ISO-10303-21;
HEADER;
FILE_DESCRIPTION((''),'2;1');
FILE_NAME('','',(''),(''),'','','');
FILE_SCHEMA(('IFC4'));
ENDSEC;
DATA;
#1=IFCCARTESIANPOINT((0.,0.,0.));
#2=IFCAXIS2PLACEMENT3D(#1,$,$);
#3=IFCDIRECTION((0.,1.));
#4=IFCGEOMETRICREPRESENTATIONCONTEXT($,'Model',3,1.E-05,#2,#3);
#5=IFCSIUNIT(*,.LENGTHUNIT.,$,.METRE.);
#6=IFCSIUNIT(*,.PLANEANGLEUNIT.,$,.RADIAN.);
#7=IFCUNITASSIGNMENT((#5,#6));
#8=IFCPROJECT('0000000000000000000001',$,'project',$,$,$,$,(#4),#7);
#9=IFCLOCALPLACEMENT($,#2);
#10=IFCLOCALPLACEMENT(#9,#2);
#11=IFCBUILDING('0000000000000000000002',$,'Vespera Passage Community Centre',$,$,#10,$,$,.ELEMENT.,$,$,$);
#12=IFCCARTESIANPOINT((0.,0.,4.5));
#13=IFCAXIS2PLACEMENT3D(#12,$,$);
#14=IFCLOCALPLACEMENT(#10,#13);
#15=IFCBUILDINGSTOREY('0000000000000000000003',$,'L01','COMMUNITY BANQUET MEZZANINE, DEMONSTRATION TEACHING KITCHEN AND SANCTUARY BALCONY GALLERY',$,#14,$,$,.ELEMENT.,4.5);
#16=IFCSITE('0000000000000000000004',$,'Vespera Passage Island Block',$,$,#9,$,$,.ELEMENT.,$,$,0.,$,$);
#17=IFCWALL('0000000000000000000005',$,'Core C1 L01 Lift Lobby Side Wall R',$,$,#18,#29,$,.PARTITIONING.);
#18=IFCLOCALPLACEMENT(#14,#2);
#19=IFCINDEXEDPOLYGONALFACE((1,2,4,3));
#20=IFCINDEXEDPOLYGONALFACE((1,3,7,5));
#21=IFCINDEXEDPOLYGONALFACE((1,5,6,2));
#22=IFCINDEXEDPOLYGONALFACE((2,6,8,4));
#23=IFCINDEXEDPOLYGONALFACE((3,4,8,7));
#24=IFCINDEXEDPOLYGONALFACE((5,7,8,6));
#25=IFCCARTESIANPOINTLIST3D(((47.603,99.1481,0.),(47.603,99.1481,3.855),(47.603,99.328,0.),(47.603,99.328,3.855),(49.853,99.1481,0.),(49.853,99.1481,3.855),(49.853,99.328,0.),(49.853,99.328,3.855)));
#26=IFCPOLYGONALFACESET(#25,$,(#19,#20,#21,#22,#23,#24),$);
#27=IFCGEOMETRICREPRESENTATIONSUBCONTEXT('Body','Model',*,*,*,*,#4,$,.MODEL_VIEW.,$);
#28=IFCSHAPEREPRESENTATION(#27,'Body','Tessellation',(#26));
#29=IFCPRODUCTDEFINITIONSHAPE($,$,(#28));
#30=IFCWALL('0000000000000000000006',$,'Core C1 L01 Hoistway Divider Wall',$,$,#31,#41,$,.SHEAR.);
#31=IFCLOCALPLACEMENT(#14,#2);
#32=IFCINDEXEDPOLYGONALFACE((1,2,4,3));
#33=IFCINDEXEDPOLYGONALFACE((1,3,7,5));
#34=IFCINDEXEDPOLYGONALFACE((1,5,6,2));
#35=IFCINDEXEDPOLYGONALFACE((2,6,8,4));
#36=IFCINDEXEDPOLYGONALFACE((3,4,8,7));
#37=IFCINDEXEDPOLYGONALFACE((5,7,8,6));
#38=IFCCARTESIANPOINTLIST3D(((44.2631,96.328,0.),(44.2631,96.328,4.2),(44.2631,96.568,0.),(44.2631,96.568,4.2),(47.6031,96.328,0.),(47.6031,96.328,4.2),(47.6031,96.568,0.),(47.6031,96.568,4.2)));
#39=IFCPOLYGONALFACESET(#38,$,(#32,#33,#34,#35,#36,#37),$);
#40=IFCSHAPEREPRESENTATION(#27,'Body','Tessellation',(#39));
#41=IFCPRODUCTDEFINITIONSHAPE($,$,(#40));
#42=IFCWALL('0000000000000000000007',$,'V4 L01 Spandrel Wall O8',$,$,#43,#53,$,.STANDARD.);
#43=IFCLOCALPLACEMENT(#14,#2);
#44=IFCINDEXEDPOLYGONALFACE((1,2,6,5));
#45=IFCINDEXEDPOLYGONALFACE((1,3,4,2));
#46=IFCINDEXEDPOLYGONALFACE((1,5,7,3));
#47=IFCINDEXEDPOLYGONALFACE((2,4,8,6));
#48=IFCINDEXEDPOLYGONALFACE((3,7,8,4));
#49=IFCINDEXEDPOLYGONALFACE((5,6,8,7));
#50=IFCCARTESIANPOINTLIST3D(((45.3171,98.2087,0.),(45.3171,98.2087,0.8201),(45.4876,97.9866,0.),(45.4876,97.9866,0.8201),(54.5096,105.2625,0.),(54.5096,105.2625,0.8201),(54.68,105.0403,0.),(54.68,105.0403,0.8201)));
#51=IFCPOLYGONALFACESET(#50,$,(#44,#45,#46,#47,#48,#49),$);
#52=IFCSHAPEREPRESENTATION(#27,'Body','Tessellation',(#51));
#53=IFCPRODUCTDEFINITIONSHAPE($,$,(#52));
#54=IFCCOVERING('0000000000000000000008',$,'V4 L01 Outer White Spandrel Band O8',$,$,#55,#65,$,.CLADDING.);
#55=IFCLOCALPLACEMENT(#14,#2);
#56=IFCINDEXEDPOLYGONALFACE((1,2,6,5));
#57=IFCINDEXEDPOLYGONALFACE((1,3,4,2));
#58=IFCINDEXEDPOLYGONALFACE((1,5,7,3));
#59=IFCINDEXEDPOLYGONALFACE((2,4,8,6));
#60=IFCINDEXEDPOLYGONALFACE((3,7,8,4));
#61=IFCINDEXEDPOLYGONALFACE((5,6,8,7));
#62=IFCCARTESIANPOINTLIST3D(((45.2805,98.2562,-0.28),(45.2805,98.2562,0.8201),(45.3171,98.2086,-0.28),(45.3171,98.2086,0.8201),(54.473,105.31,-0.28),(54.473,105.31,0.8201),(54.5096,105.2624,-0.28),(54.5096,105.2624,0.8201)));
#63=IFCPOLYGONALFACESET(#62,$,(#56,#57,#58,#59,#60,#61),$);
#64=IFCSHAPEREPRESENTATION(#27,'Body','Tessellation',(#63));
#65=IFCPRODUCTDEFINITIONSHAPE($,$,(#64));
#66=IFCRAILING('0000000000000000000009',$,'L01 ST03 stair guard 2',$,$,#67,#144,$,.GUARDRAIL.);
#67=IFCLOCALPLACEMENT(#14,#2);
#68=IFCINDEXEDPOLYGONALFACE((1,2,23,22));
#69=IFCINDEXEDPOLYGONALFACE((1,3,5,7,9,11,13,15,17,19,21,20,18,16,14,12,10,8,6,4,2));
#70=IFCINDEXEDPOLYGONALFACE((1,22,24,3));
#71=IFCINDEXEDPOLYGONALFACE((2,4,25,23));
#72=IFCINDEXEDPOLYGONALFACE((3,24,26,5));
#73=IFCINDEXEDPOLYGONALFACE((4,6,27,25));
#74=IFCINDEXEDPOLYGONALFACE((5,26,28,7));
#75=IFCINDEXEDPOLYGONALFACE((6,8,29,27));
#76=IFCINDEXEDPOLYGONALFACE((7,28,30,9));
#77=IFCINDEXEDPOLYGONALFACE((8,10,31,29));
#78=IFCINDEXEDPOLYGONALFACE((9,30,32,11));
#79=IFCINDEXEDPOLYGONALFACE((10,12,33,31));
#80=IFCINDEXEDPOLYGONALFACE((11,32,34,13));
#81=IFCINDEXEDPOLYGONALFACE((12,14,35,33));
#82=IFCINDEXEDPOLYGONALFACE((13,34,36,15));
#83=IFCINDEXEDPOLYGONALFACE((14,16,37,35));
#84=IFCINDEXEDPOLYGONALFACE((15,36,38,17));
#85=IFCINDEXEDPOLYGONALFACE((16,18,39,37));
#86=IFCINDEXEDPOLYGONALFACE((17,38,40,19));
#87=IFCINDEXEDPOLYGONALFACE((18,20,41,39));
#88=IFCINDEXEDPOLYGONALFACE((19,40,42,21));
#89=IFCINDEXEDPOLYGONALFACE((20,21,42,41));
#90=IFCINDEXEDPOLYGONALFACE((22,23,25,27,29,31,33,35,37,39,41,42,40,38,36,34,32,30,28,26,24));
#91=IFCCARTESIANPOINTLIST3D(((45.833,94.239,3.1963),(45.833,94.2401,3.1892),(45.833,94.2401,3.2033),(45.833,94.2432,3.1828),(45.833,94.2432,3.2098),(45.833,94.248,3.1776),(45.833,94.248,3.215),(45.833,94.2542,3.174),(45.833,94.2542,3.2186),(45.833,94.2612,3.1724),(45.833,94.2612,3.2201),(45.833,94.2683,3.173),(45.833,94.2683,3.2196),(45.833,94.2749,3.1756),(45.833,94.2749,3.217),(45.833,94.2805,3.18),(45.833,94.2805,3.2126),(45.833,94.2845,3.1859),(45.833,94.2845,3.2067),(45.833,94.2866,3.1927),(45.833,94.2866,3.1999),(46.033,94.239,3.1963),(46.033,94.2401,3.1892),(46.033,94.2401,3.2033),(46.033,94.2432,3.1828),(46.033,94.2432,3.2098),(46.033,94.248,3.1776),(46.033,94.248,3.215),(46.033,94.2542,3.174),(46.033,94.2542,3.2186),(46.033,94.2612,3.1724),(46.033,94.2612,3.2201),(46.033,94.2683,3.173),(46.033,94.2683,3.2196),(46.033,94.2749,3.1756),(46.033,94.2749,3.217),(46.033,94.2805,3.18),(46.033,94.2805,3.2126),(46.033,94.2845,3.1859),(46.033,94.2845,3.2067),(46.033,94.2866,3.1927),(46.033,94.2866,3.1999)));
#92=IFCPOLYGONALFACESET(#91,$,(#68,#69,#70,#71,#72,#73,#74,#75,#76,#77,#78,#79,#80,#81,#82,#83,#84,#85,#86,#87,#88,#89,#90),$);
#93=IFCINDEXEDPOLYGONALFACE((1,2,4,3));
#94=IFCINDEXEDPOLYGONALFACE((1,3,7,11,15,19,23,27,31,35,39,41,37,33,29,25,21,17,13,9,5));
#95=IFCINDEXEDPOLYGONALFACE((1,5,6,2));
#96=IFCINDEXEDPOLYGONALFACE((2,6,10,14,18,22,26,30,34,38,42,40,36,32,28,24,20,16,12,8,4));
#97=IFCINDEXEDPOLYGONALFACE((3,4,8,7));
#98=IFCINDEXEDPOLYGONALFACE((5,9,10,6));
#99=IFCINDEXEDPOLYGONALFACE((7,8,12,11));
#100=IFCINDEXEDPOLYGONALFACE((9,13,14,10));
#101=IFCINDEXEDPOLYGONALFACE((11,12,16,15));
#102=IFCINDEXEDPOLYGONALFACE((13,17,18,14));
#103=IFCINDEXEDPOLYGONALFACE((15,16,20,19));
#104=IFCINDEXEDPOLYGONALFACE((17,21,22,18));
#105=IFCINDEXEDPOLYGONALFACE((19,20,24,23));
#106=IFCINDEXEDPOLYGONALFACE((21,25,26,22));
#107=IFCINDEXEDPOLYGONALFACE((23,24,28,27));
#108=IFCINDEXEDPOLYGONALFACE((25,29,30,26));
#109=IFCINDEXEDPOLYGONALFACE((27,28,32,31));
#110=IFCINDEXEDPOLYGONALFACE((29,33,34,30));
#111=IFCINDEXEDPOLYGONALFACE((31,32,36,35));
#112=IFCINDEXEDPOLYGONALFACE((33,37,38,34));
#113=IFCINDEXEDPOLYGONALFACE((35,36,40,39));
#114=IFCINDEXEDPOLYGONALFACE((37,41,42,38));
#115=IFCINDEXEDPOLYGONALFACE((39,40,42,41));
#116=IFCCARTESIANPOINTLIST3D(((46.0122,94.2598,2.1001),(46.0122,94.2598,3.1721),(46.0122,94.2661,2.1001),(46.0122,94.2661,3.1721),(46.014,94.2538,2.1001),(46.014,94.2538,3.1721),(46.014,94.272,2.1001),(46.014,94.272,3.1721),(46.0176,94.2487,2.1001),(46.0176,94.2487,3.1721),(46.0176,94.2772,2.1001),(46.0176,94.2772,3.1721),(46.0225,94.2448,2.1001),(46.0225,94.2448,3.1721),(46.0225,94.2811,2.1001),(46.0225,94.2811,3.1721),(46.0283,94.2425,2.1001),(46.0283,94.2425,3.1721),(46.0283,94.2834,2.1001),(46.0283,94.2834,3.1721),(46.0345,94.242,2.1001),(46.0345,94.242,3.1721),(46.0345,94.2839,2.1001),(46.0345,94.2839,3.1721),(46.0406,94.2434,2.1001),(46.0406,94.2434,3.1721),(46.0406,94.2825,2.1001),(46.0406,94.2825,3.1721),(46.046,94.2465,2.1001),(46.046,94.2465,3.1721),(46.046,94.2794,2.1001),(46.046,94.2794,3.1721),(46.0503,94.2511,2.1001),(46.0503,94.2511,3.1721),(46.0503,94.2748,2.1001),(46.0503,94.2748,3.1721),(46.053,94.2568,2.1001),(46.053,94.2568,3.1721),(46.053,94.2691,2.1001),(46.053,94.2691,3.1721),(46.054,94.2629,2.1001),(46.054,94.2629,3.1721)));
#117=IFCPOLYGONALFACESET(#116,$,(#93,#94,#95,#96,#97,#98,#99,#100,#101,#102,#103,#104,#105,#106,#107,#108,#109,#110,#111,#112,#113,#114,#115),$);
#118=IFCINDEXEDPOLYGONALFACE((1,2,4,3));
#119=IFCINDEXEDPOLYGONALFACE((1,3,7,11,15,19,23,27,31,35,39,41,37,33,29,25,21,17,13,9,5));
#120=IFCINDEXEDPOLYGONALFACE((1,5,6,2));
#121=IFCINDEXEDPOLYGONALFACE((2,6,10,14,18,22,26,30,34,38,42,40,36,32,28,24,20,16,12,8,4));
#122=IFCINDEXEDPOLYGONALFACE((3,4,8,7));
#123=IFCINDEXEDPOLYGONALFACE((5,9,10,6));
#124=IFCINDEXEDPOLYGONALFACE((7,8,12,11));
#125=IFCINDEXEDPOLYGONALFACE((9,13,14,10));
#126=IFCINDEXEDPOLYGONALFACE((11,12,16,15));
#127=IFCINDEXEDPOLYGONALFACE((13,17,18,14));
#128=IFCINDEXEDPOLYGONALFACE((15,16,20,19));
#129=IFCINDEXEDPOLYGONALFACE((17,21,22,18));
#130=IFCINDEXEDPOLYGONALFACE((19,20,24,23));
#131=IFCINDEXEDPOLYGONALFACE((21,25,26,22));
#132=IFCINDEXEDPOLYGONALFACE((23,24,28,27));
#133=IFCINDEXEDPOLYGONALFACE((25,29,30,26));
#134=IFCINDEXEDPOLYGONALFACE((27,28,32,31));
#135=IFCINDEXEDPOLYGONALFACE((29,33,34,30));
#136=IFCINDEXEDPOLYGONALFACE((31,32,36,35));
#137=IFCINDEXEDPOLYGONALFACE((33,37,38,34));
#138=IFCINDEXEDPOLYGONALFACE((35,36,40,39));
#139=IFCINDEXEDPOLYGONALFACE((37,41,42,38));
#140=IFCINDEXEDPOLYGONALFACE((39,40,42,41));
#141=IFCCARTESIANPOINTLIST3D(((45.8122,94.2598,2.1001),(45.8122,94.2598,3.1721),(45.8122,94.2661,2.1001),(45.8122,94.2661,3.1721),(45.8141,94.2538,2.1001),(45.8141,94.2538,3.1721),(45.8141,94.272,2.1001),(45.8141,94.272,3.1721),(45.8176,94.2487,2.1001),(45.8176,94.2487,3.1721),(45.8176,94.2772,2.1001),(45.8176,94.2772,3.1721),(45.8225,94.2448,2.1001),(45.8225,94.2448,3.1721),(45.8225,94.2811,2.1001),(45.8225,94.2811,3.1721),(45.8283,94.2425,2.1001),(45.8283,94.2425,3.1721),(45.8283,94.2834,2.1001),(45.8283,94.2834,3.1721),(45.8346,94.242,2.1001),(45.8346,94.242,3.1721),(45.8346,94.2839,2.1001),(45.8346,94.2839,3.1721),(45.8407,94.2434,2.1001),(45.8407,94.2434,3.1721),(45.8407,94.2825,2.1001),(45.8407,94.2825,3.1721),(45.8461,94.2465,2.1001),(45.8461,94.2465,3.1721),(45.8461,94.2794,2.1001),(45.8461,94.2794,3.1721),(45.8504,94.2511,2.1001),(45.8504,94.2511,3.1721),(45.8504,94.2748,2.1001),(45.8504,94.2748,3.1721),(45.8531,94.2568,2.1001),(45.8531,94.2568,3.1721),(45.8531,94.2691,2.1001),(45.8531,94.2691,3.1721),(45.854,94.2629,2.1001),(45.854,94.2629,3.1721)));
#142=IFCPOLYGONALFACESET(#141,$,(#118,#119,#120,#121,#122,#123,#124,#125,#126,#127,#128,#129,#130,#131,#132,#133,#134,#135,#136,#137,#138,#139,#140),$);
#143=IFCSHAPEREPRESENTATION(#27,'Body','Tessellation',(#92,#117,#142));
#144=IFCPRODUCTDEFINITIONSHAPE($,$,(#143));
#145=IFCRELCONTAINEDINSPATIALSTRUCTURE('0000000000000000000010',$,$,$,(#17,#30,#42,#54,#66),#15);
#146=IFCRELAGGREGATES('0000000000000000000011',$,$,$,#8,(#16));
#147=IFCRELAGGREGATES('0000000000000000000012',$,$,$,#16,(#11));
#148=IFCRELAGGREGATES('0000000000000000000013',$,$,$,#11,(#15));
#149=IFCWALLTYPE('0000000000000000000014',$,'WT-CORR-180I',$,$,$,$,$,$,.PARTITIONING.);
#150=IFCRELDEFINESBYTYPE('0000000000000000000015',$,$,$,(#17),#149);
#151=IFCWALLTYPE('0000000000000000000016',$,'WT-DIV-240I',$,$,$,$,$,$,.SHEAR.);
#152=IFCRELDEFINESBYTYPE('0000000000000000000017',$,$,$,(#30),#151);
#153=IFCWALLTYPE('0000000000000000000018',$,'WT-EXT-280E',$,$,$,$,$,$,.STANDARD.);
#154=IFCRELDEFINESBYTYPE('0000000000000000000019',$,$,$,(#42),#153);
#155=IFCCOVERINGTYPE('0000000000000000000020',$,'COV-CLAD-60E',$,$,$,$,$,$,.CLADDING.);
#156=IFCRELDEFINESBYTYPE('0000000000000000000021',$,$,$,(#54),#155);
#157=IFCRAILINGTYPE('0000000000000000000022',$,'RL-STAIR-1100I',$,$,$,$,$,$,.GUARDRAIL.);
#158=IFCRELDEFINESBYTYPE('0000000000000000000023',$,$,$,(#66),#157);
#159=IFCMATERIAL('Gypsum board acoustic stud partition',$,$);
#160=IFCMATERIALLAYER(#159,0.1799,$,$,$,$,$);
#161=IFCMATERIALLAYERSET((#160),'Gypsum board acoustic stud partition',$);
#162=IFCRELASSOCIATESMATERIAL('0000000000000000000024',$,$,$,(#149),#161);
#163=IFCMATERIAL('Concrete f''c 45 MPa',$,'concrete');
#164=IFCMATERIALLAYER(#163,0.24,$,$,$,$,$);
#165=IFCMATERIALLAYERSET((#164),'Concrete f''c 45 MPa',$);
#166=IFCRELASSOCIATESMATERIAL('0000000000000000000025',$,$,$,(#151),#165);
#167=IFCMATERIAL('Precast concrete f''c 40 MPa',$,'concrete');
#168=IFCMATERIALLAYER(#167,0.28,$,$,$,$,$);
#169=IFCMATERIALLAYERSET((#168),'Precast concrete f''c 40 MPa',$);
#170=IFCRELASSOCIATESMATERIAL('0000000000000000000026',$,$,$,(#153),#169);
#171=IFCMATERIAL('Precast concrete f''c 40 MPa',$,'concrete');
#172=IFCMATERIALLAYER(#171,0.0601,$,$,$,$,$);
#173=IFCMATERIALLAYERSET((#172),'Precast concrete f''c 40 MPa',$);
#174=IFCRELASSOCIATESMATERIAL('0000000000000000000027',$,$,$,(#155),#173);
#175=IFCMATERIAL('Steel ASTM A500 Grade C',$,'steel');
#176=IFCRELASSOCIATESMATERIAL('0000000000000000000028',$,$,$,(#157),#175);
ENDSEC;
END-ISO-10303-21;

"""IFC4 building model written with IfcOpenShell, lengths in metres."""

from ifc_helpers import new_model, si_unit, direction, frame, frame_2d, origin, origin_2d, place, context, subcontext, project, spatial, rectangle, circle, extrude, material, layer, layer_set, type_object, element, save


model = new_model("IFC4")

# Units and contexts
model_context = context("Model", 3, precision=1e-05, world=origin(), true_north=direction((0.0, 1.0)))
body_context = subcontext(model_context, "Body", "Model", "MODEL_VIEW")
ifc_project = project(units=[si_unit("LENGTHUNIT", "METRE"), si_unit("PLANEANGLEUNIT", "RADIAN")], contexts=[model_context])

# Site, building, storey
site_placement = place(None, origin())
site = spatial("IfcSite", under=ifc_project, at=site_placement, Name="Vespera Passage Island Block", CompositionType="ELEMENT", RefElevation=0.0)
building_placement = place(site_placement, origin())
building = spatial("IfcBuilding", under=site, at=building_placement, Name="Vespera Passage Community Centre", CompositionType="ELEMENT")
storey_placement = place(building_placement, frame((0.0, 0.0, 4.5)))
storey = spatial("IfcBuildingStorey", under=building, at=storey_placement, Name="L01", Description="COMMUNITY BANQUET MEZZANINE, DEMONSTRATION TEACHING KITCHEN AND SANCTUARY BALCONY GALLERY", CompositionType="ELEMENT", Elevation=4.5)

# Walls
ifc_material_1 = material(Name="Gypsum board acoustic stud partition")
ifc_layer_1 = layer(ifc_material_1, 0.1799)
ifc_layer_set_1 = layer_set([ifc_layer_1], Name="Gypsum board acoustic stud partition")
wall_type_1 = type_object("IfcWallType", Name="WT-CORR-180I", PredefinedType="PARTITIONING", material=ifc_layer_set_1)
wall_1_placement = place(storey_placement, frame((47.603, 99.238, 0.0), z_axis=(0.0, 0.0, 1.0), x_axis=(1.0, 0.0, 0.0)))
element("IfcWall", 1, at=wall_1_placement, inside=storey, type_object=wall_type_1, Name="Core C1 L01 Lift Lobby Side Wall R", PredefinedType="PARTITIONING", context=body_context, shape_type="SweptSolid", body=[
    extrude(rectangle(XDim=2.25, YDim=0.1799, at=frame_2d((1.125, 0.0))), origin(), (0.0, 0.0, 1.0), 3.855),
])
ifc_material_2 = material(Name="Concrete f'c 45 MPa", Category="concrete")
ifc_layer_2 = layer(ifc_material_2, 0.24)
ifc_layer_set_2 = layer_set([ifc_layer_2], Name="Concrete f'c 45 MPa")
wall_type_2 = type_object("IfcWallType", Name="WT-DIV-240I", PredefinedType="SHEAR", material=ifc_layer_set_2)
wall_2_placement = place(storey_placement, frame((47.603, 96.448, 0.0), z_axis=(0.0, 0.0, 1.0), x_axis=(-1.0, 0.0, 0.0)))
element("IfcWall", 2, at=wall_2_placement, inside=storey, type_object=wall_type_2, Name="Core C1 L01 Hoistway Divider Wall", PredefinedType="SHEAR", context=body_context, shape_type="SweptSolid", body=[
    extrude(rectangle(XDim=3.3401, YDim=0.24, at=frame_2d((1.6699, 0.0))), origin(), (0.0, 0.0, 1.0), 4.2),
])
ifc_material_3 = material(Name="Precast concrete f'c 40 MPa", Category="concrete")
ifc_layer_3 = layer(ifc_material_3, 0.28)
ifc_layer_set_3 = layer_set([ifc_layer_3], Name="Precast concrete f'c 40 MPa")
wall_type_3 = type_object("IfcWallType", Name="WT-EXT-280E", PredefinedType="STANDARD", material=ifc_layer_set_3)
wall_3_placement = place(storey_placement, frame((45.4023, 98.0977, 0.0), z_axis=(0.0, 0.0, 1.0), x_axis=(0.793347, 0.608769, 0.0)))
element("IfcWall", 3, at=wall_3_placement, inside=storey, type_object=wall_type_3, Name="V4 L01 Spandrel Wall O8", PredefinedType="STANDARD", context=body_context, shape_type="SweptSolid", body=[
    extrude(rectangle(XDim=11.5869, YDim=0.28, at=frame_2d((5.7935, 0.0))), origin(), (0.0, 0.0, 1.0), 0.8201),
])

# Covering
ifc_material_4 = material(Name="Precast concrete f'c 40 MPa", Category="concrete")
ifc_layer_4 = layer(ifc_material_4, 0.0601)
ifc_layer_set_4 = layer_set([ifc_layer_4], Name="Precast concrete f'c 40 MPa")
covering_type = type_object("IfcCoveringType", Name="COV-CLAD-60E", PredefinedType="CLADDING", material=ifc_layer_set_4)
covering_placement = place(storey_placement, frame((45.2988, 98.2324, -0.28), z_axis=(0.0, 0.0, 1.0), x_axis=(0.793347, 0.608769, 0.0)))
element("IfcCovering", 4, at=covering_placement, inside=storey, type_object=covering_type, Name="V4 L01 Outer White Spandrel Band O8", PredefinedType="CLADDING", context=body_context, shape_type="SweptSolid", body=[
    extrude(rectangle(XDim=11.5869, YDim=0.0601, at=frame_2d((5.7935, 0.0))), origin(), (0.0, 0.0, 1.0), 1.1001),
])

# Railing
ifc_material_5 = material(Name="Steel ASTM A500 Grade C", Category="steel")
railing_type = type_object("IfcRailingType", Name="RL-STAIR-1100I", PredefinedType="GUARDRAIL", material=ifc_material_5)
railing_1_placement = place(storey_placement, frame((46.033, 94.2629, 2.1001)))
element("IfcRailing", 5, at=railing_1_placement, inside=storey, type_object=railing_type, Name="L01 ST03 stair guard 2", PredefinedType="GUARDRAIL", context=body_context, shape_type="SweptSolid", body=[
    extrude(circle(Radius=0.0239, at=origin_2d()), frame((0.0, 0.0, 1.0962), z_axis=(-1.0, 0.0, 0.0), x_axis=(0.0, -1.0, 0.0)), (0.0, 0.0, 1.0), 0.2),
    extrude(circle(Radius=0.021, at=origin_2d()), origin(), (0.0, 0.0, 1.0), 1.072),
    extrude(circle(Radius=0.021, at=origin_2d()), frame((-0.2, 0.0, 0.0)), (0.0, 0.0, 1.0), 1.072),
])

save(model, "model.ifc")
